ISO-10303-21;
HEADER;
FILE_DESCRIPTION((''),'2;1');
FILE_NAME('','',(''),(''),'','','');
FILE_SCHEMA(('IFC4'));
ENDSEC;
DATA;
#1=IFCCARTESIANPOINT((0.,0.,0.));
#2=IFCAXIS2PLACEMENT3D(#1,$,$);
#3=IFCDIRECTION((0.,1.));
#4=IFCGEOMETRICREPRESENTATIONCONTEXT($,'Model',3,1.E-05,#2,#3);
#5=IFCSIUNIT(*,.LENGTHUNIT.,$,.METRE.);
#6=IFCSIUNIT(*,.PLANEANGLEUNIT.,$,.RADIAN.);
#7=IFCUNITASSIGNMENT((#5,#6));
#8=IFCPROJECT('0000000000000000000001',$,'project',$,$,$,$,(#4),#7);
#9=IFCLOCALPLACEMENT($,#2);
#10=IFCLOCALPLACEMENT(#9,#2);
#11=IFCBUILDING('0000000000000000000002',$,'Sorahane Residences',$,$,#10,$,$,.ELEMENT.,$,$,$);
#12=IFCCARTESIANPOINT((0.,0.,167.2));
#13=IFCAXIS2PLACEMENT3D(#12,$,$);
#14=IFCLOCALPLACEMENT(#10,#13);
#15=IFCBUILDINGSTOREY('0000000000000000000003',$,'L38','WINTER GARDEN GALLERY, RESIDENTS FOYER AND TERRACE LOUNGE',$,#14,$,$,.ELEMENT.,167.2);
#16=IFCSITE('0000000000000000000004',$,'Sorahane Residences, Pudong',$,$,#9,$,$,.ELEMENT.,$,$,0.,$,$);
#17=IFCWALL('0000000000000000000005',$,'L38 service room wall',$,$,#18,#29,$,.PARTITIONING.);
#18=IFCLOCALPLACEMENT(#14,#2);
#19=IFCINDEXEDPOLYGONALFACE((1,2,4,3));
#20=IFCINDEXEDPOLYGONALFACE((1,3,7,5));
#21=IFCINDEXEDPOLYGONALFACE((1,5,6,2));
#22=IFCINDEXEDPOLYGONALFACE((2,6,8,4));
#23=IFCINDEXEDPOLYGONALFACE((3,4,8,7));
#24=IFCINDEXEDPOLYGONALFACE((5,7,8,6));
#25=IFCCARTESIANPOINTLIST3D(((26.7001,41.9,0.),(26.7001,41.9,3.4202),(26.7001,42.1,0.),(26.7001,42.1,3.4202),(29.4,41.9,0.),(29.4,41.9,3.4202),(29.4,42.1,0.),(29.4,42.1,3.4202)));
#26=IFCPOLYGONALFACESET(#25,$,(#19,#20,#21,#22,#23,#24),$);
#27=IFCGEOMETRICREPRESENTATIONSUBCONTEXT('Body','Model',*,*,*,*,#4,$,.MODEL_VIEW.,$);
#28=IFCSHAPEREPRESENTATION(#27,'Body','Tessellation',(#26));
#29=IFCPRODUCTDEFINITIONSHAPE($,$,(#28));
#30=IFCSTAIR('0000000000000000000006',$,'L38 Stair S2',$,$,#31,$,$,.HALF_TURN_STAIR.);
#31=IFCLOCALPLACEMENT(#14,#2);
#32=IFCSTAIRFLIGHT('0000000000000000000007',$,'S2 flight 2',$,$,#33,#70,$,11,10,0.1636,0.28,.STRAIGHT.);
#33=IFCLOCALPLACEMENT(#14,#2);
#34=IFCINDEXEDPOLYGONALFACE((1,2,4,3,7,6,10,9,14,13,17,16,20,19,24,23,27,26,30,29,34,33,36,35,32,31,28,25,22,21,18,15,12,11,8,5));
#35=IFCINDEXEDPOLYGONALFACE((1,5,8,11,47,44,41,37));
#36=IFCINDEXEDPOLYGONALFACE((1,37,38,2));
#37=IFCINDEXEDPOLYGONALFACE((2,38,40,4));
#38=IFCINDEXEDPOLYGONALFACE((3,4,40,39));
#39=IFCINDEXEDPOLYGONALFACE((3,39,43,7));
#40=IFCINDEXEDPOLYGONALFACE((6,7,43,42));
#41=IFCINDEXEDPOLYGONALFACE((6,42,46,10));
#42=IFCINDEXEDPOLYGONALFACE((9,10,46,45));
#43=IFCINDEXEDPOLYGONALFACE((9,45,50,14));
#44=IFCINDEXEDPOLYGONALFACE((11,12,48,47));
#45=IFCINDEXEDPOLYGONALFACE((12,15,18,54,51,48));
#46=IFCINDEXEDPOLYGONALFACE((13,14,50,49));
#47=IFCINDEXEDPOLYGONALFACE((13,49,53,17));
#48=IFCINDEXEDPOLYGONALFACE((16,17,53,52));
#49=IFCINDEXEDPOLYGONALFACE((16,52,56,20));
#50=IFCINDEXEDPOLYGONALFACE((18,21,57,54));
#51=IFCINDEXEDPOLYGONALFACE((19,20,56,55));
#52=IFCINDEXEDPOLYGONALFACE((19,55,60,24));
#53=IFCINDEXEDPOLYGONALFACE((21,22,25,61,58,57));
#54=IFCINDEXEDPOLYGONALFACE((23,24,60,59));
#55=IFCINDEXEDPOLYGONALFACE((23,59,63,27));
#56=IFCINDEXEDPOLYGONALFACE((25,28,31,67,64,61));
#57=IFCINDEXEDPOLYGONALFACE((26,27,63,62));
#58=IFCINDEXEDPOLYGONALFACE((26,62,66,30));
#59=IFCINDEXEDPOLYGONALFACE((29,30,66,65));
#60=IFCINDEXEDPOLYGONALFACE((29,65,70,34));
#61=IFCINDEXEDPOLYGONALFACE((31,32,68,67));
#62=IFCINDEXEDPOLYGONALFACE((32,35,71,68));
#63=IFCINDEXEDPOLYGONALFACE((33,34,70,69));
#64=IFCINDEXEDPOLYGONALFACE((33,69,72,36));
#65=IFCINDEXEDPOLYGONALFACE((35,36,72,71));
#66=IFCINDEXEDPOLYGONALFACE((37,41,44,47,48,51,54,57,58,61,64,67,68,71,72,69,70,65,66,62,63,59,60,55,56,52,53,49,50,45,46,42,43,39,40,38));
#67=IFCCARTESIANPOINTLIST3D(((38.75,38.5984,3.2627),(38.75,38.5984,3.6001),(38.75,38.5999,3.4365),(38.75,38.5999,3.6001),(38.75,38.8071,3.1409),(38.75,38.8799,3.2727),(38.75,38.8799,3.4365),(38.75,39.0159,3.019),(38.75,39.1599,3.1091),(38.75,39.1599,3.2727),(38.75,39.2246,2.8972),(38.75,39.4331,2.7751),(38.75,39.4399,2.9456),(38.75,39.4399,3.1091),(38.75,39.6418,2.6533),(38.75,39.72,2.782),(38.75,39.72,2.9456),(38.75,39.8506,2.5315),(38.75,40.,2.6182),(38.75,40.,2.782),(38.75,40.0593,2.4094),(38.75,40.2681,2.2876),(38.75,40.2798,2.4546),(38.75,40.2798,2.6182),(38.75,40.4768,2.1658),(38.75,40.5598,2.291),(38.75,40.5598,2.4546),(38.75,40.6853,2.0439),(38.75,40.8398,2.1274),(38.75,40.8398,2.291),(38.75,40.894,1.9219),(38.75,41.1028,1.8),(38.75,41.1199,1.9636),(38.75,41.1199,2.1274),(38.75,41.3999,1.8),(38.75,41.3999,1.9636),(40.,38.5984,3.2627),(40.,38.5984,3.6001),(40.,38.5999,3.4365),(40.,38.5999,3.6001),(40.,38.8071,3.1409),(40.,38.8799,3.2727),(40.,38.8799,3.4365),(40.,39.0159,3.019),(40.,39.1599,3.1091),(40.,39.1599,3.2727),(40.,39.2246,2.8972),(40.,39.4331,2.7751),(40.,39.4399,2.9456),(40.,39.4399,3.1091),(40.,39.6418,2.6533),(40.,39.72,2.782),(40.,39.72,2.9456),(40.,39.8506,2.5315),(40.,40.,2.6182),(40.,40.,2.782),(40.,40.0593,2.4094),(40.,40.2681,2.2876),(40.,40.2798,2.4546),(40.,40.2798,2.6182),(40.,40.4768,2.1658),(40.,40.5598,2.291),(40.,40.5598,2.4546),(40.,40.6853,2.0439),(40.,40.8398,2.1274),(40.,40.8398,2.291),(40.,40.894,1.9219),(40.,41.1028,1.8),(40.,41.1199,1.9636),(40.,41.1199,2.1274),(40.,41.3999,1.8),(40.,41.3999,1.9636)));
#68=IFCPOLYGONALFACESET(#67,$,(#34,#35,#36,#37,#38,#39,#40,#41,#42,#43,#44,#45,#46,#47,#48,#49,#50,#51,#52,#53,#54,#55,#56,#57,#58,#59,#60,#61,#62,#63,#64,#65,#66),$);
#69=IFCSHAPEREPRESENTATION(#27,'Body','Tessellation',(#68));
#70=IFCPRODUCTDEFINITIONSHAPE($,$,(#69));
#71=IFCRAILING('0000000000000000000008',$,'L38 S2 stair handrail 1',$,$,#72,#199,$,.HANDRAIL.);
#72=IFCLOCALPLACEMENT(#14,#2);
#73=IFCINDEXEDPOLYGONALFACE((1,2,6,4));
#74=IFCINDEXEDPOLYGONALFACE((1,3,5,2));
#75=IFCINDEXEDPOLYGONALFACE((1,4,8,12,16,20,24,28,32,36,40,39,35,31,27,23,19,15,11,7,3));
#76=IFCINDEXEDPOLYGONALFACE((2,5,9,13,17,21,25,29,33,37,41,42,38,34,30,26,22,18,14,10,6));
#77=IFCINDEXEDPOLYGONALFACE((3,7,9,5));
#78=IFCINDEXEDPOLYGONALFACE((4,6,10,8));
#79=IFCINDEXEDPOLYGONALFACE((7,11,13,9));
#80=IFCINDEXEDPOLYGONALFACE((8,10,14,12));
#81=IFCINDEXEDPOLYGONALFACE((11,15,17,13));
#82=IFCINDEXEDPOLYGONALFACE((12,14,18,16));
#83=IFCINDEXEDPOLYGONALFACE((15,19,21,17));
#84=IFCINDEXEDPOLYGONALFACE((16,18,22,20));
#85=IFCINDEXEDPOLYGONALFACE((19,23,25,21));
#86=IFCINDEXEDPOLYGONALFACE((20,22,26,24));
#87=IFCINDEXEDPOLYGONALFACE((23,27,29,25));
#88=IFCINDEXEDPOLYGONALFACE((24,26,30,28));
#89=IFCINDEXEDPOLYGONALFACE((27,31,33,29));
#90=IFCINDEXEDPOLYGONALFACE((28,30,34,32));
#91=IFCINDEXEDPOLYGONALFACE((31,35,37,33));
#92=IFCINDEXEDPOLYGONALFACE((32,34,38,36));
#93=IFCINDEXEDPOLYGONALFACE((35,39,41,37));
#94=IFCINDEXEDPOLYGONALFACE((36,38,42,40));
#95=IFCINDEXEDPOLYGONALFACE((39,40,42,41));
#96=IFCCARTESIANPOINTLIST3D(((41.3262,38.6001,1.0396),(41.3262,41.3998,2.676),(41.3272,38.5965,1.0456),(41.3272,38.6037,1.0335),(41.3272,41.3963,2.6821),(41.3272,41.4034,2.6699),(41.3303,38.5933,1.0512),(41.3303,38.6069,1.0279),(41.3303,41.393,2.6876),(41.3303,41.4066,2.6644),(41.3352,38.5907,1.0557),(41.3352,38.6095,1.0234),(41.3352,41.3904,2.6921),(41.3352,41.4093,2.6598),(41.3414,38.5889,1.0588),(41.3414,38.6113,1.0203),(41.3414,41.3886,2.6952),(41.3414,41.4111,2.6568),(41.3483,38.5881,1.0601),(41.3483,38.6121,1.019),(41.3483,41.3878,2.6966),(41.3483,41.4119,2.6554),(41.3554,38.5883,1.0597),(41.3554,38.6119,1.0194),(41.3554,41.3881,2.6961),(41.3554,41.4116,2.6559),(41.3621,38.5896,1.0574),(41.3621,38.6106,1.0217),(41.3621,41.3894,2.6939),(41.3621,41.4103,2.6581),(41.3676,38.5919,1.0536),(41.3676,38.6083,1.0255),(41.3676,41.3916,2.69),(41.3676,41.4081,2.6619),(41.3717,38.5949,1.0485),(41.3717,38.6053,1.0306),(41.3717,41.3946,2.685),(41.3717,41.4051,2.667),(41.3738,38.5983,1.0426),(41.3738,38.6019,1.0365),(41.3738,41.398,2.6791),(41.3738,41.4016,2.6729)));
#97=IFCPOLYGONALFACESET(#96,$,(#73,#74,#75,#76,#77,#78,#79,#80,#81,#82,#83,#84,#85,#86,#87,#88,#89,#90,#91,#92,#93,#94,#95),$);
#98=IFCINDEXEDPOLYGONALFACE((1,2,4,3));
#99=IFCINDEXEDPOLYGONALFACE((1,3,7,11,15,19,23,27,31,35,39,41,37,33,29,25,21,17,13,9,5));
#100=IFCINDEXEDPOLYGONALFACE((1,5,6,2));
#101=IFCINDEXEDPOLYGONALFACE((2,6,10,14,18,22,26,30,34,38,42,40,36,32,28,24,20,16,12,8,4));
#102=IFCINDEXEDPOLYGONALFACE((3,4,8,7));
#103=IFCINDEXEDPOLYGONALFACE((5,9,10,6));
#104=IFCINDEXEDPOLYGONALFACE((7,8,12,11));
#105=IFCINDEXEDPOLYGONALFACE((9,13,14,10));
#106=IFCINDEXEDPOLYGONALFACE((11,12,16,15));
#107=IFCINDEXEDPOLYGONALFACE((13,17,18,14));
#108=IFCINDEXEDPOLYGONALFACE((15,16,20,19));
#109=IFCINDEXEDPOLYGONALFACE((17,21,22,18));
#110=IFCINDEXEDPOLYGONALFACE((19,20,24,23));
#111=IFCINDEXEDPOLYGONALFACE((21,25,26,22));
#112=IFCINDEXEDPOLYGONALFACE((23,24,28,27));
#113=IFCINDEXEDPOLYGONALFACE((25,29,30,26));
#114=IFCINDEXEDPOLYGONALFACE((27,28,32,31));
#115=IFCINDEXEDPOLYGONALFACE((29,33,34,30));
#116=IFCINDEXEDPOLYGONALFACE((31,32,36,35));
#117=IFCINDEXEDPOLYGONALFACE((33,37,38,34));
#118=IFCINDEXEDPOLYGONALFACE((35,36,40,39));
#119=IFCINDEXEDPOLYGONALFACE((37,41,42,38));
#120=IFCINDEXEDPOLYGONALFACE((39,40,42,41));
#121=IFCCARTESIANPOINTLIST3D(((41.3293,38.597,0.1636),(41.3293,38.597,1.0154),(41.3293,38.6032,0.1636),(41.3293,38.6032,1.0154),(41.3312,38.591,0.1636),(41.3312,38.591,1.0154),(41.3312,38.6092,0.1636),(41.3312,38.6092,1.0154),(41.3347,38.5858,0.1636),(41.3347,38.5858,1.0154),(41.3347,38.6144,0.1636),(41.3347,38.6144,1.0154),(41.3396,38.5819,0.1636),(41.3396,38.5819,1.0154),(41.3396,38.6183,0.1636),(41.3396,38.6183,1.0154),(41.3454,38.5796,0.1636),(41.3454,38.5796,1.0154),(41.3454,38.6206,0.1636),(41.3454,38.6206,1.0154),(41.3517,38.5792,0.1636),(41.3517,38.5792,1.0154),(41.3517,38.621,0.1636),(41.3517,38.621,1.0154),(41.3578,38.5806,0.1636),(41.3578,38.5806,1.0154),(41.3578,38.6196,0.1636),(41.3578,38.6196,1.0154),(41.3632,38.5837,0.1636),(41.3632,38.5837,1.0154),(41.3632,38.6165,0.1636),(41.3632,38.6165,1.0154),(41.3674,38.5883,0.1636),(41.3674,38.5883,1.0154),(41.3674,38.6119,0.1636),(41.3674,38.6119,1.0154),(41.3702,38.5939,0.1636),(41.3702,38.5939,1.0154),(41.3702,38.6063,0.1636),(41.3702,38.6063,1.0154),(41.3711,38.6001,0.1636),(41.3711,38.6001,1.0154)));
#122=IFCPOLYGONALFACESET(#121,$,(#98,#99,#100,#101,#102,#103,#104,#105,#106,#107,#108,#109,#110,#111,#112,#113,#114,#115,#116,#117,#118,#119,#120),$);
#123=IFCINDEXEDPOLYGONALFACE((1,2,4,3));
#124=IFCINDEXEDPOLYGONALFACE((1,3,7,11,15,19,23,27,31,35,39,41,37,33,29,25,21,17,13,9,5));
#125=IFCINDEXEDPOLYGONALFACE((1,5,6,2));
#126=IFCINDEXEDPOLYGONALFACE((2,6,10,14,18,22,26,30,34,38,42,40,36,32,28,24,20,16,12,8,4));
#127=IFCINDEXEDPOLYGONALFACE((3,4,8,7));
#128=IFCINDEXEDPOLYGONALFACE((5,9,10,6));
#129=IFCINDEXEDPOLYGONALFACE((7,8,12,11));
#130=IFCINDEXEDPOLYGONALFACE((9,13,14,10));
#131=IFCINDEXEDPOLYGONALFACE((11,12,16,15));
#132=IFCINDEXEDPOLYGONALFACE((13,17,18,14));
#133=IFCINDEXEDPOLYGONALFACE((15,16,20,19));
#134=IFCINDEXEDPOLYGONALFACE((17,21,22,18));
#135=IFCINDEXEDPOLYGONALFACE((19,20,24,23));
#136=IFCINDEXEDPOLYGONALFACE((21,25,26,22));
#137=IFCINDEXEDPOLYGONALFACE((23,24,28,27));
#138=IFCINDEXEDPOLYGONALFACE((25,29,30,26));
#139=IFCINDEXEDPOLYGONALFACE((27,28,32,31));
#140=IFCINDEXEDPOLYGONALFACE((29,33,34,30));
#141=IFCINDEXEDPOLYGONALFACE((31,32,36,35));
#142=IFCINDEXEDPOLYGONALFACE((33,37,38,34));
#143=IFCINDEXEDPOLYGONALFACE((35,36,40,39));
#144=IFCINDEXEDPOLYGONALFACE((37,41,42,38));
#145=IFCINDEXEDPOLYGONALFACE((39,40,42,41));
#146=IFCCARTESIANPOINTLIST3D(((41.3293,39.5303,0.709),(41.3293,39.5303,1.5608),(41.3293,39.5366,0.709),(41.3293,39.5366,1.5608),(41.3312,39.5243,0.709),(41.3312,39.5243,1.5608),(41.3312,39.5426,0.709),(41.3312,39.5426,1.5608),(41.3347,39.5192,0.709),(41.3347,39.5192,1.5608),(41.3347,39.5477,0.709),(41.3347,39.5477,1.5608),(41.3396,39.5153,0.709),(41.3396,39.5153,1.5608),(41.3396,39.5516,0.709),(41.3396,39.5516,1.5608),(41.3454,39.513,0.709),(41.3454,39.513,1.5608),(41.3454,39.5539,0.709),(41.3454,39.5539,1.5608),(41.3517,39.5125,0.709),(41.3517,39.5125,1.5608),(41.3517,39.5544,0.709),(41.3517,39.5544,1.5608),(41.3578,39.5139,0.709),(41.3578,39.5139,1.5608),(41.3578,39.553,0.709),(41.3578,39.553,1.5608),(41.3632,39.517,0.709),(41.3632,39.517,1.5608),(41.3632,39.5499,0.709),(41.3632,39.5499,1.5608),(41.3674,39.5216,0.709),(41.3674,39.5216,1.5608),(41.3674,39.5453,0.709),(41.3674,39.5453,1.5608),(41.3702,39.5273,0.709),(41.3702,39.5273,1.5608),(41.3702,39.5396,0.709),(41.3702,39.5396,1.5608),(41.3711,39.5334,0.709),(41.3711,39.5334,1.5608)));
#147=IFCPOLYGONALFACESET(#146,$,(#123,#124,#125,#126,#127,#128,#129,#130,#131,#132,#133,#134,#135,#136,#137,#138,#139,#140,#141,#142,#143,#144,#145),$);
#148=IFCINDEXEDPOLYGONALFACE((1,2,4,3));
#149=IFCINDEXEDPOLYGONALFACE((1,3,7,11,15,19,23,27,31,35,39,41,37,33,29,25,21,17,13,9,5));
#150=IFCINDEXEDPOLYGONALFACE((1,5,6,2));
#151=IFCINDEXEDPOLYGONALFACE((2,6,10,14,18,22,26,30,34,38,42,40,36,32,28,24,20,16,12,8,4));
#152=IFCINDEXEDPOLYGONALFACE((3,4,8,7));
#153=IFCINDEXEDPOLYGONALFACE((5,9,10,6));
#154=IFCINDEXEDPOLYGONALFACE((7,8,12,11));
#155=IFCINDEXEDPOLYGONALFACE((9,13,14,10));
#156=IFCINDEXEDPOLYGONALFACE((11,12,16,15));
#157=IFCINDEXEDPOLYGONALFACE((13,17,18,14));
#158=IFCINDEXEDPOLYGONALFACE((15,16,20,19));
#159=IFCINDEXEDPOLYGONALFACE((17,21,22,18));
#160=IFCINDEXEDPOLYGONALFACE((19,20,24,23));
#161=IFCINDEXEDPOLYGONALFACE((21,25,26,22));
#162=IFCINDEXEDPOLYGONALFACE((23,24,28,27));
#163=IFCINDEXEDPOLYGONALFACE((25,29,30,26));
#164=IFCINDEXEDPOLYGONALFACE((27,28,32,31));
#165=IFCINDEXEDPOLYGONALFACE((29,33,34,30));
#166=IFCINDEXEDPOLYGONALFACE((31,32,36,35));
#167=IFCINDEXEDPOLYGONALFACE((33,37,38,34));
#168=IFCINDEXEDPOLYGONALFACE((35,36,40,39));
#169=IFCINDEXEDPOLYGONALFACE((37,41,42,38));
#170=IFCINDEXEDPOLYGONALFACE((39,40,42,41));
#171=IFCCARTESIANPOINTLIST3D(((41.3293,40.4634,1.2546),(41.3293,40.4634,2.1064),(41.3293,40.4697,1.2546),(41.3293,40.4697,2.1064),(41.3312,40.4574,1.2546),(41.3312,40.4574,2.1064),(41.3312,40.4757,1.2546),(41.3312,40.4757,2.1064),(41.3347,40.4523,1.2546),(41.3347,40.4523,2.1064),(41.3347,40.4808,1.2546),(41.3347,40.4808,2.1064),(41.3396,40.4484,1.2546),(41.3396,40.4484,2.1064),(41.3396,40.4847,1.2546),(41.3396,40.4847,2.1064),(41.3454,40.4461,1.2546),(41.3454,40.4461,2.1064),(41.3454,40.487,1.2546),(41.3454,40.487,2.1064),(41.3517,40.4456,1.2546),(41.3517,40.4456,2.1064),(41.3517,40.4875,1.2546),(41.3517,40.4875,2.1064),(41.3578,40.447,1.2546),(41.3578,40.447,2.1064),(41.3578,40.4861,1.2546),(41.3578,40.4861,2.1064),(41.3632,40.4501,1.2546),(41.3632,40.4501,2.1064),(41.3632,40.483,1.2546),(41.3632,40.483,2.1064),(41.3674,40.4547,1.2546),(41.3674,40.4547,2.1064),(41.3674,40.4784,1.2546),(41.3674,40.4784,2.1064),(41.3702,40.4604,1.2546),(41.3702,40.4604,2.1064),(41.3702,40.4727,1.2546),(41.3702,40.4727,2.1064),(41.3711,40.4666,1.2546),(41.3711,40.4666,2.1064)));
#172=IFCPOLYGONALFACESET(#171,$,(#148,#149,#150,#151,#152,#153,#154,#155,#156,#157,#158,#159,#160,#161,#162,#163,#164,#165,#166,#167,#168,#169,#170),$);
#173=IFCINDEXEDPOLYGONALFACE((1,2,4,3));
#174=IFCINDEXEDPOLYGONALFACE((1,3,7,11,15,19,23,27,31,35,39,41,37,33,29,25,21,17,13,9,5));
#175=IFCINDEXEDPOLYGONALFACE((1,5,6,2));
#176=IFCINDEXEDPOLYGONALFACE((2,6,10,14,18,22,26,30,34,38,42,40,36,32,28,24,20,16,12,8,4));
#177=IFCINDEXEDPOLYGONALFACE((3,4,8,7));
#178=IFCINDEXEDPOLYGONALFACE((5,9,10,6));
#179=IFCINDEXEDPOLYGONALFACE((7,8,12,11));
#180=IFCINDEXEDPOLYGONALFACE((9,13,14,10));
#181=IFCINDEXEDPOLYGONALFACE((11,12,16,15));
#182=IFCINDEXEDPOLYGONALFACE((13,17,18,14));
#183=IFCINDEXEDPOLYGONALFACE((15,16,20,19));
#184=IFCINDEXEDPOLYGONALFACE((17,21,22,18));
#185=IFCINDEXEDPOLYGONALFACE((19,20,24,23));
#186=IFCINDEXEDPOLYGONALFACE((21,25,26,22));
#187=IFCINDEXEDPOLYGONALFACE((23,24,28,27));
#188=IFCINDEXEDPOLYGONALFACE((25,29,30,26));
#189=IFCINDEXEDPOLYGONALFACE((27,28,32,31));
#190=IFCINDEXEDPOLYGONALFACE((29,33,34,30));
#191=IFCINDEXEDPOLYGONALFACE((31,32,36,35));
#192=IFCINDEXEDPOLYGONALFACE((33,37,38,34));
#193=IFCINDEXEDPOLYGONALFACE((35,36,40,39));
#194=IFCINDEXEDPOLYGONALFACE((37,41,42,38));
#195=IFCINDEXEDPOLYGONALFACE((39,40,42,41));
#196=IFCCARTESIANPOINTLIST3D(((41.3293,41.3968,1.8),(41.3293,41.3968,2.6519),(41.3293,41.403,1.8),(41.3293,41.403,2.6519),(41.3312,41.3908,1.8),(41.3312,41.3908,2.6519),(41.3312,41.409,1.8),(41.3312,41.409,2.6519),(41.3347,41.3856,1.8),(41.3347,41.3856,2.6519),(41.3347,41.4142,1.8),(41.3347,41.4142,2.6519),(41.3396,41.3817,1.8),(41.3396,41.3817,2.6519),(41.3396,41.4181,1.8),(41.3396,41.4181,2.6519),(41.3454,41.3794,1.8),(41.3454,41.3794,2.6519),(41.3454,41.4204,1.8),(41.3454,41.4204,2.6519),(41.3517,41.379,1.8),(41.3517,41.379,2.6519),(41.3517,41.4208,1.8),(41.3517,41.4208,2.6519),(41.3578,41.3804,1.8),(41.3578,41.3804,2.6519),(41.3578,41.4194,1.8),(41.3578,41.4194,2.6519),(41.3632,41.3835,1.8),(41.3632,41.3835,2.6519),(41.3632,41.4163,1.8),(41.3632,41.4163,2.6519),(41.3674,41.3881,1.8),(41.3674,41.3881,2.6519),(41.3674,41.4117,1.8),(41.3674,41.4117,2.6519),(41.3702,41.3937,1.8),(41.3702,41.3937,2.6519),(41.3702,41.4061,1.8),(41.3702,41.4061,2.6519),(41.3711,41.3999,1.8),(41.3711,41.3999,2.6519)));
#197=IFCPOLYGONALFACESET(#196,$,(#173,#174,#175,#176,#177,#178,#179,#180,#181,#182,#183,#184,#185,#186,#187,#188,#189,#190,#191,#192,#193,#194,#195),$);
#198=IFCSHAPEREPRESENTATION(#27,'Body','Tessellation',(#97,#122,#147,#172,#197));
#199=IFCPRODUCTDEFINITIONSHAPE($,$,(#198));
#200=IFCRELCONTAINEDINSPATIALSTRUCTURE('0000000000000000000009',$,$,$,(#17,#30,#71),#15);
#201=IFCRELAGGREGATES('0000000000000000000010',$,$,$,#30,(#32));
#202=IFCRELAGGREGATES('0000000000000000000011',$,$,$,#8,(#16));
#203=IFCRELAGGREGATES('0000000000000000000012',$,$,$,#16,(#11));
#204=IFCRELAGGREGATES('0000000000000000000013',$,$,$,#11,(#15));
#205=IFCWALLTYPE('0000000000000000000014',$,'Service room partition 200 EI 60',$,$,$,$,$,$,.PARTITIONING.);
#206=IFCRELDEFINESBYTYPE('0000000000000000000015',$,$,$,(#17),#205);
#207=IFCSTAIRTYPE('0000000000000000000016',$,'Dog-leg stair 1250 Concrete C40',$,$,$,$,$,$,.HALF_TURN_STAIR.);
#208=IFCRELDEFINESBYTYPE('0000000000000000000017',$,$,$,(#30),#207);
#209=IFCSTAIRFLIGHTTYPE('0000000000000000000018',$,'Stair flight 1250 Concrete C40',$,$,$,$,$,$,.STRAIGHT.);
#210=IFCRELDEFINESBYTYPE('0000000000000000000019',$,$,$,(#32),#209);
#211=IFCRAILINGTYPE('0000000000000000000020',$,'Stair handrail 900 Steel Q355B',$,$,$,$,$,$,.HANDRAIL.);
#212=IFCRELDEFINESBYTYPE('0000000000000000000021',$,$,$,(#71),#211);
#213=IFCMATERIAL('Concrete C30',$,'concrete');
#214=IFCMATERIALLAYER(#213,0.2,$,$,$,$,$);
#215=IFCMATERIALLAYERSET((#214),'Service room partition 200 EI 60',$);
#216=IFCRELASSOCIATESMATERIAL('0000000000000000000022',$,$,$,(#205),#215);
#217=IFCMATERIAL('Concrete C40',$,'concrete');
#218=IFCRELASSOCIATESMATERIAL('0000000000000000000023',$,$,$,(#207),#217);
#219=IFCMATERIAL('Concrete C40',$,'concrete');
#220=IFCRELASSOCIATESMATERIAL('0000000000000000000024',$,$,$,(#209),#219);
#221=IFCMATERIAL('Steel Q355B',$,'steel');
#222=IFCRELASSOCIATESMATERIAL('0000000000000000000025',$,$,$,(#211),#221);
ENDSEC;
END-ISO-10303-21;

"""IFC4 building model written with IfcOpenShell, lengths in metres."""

from ifc_helpers import new_model, si_unit, direction, frame, frame_2d, origin, origin_2d, place, context, subcontext, project, spatial, polyline, rectangle, circle, outline, extrude, material, layer, layer_set, type_object, element, aggregate, save


model = new_model("IFC4")

# Units and contexts
model_context = context("Model", 3, precision=1e-05, world=origin(), true_north=direction((0.0, 1.0)))
body_context = subcontext(model_context, "Body", "Model", "MODEL_VIEW")
ifc_project = project(units=[si_unit("LENGTHUNIT", "METRE"), si_unit("PLANEANGLEUNIT", "RADIAN")], contexts=[model_context])

# Site, building, storey
site_placement = place(None, origin())
site = spatial("IfcSite", under=ifc_project, at=site_placement, Name="Sorahane Residences, Pudong", CompositionType="ELEMENT", RefElevation=0.0)
building_placement = place(site_placement, origin())
building = spatial("IfcBuilding", under=site, at=building_placement, Name="Sorahane Residences", CompositionType="ELEMENT")
storey_placement = place(building_placement, frame((0.0, 0.0, 167.2)))
storey = spatial("IfcBuildingStorey", under=building, at=storey_placement, Name="L38", Description="WINTER GARDEN GALLERY, RESIDENTS FOYER AND TERRACE LOUNGE", CompositionType="ELEMENT", Elevation=167.2)

# Wall
ifc_material_1 = material(Name="Concrete C30", Category="concrete")
ifc_layer_1 = layer(ifc_material_1, 0.2)
ifc_layer_set_1 = layer_set([ifc_layer_1], Name="Service room partition 200 EI 60")
wall_type_1 = type_object("IfcWallType", Name="Service room partition 200 EI 60", PredefinedType="PARTITIONING", material=ifc_layer_set_1)
wall_1_placement = place(storey_placement, frame((26.7, 42.0, 0.0), z_axis=(0.0, 0.0, 1.0), x_axis=(1.0, 0.0, 0.0)))
element("IfcWall", 1, at=wall_1_placement, inside=storey, type_object=wall_type_1, Name="L38 service room wall", PredefinedType="PARTITIONING", context=body_context, shape_type="SweptSolid", body=[
    extrude(rectangle(XDim=2.7, YDim=0.2, at=frame_2d((1.3501, 0.0))), origin(), (0.0, 0.0, 1.0), 3.4202),
])

# Stair, stair flight
ifc_material_2 = material(Name="Concrete C40", Category="concrete")
stair_type = type_object("IfcStairType", Name="Dog-leg stair 1250 Concrete C40", PredefinedType="HALF_TURN_STAIR", material=ifc_material_2)
stair_placement = place(storey_placement, origin())
stair = element("IfcStair", 2, at=stair_placement, inside=storey, type_object=stair_type, Name="L38 Stair S2", PredefinedType="HALF_TURN_STAIR")
ifc_material_3 = material(Name="Concrete C40", Category="concrete")
stair_flight_type = type_object("IfcStairFlightType", Name="Stair flight 1250 Concrete C40", PredefinedType="STRAIGHT", material=ifc_material_3)
stair_flight_placement = place(storey_placement, frame((39.375, 41.3999, 1.8), z_axis=(0.0, 0.0, 1.0), x_axis=(0.0, -1.0, 0.0)))
stair_flight = element("IfcStairFlight", 3, at=stair_flight_placement, type_object=stair_flight_type, Name="S2 flight 2", NumberOfRisers=11, NumberOfTreads=10, PredefinedType="STRAIGHT", RiserHeight=0.1636, TreadLength=0.28, context=body_context, shape_type="SweptSolid", body=[
    extrude(outline(polyline([(0.0, 0.0), (0.0, 0.1636), (0.28, 0.1636), (0.28, 0.3274), (0.5601, 0.3274), (0.5601, 0.491), (0.8401, 0.491), (0.8401, 0.6545), (1.1201, 0.6545), (1.1201, 0.8181), (1.3999, 0.8181), (1.3999, 0.9819), (1.6799, 0.9819), (1.6799, 1.1455), (1.96, 1.1455), (1.96, 1.3091), (2.24, 1.3091), (2.24, 1.4727), (2.52, 1.4727), (2.52, 1.6365), (2.8, 1.6365), (2.8, 1.8), (2.8015, 1.8), (2.8015, 1.4626), (2.5928, 1.3408), (2.384, 1.219), (2.1753, 1.0972), (1.9668, 0.9751), (1.7581, 0.8533), (1.5493, 0.7314), (1.3406, 0.6094), (1.1318, 0.4875), (0.9231, 0.3657), (0.7146, 0.2439), (0.5059, 0.1218), (0.2971, 0.0), (0.0, 0.0)])), frame((0.0, 0.625, 0.0), z_axis=(0.0, -1.0, 0.0), x_axis=(1.0, 0.0, 0.0)), (0.0, 0.0, 1.0), 1.25),
])
aggregate(stair, [stair_flight])

# Railing
ifc_material_4 = material(Name="Steel Q355B", Category="steel")
railing_type = type_object("IfcRailingType", Name="Stair handrail 900 Steel Q355B", PredefinedType="HANDRAIL", material=ifc_material_4)
railing_placement = place(storey_placement, frame((41.3501, 38.6001, 0.1636)))
element("IfcRailing", 4, at=railing_placement, inside=storey, type_object=railing_type, Name="L38 S2 stair handrail 1", PredefinedType="HANDRAIL", context=body_context, shape_type="SweptSolid", body=[
    extrude(circle(Radius=0.0239, at=origin_2d()), frame((0.0, 0.0, 0.876), z_axis=(0.0, 0.863342, 0.50462), x_axis=(-1.0, 0.0, 0.0)), (0.0, 0.0, 1.0), 3.2429),
    extrude(circle(Radius=0.021, at=origin_2d()), origin(), (0.0, 0.0, 1.0), 0.8518),
    extrude(circle(Radius=0.021, at=origin_2d()), frame((0.0, 0.9333, 0.5454)), (0.0, 0.0, 1.0), 0.8518),
    extrude(circle(Radius=0.021, at=origin_2d()), frame((0.0, 1.8665, 1.0911)), (0.0, 0.0, 1.0), 0.8518),
    extrude(circle(Radius=0.021, at=origin_2d()), frame((0.0, 2.7998, 1.6365)), (0.0, 0.0, 1.0), 0.8518),
])

save(model, "model.ifc")
